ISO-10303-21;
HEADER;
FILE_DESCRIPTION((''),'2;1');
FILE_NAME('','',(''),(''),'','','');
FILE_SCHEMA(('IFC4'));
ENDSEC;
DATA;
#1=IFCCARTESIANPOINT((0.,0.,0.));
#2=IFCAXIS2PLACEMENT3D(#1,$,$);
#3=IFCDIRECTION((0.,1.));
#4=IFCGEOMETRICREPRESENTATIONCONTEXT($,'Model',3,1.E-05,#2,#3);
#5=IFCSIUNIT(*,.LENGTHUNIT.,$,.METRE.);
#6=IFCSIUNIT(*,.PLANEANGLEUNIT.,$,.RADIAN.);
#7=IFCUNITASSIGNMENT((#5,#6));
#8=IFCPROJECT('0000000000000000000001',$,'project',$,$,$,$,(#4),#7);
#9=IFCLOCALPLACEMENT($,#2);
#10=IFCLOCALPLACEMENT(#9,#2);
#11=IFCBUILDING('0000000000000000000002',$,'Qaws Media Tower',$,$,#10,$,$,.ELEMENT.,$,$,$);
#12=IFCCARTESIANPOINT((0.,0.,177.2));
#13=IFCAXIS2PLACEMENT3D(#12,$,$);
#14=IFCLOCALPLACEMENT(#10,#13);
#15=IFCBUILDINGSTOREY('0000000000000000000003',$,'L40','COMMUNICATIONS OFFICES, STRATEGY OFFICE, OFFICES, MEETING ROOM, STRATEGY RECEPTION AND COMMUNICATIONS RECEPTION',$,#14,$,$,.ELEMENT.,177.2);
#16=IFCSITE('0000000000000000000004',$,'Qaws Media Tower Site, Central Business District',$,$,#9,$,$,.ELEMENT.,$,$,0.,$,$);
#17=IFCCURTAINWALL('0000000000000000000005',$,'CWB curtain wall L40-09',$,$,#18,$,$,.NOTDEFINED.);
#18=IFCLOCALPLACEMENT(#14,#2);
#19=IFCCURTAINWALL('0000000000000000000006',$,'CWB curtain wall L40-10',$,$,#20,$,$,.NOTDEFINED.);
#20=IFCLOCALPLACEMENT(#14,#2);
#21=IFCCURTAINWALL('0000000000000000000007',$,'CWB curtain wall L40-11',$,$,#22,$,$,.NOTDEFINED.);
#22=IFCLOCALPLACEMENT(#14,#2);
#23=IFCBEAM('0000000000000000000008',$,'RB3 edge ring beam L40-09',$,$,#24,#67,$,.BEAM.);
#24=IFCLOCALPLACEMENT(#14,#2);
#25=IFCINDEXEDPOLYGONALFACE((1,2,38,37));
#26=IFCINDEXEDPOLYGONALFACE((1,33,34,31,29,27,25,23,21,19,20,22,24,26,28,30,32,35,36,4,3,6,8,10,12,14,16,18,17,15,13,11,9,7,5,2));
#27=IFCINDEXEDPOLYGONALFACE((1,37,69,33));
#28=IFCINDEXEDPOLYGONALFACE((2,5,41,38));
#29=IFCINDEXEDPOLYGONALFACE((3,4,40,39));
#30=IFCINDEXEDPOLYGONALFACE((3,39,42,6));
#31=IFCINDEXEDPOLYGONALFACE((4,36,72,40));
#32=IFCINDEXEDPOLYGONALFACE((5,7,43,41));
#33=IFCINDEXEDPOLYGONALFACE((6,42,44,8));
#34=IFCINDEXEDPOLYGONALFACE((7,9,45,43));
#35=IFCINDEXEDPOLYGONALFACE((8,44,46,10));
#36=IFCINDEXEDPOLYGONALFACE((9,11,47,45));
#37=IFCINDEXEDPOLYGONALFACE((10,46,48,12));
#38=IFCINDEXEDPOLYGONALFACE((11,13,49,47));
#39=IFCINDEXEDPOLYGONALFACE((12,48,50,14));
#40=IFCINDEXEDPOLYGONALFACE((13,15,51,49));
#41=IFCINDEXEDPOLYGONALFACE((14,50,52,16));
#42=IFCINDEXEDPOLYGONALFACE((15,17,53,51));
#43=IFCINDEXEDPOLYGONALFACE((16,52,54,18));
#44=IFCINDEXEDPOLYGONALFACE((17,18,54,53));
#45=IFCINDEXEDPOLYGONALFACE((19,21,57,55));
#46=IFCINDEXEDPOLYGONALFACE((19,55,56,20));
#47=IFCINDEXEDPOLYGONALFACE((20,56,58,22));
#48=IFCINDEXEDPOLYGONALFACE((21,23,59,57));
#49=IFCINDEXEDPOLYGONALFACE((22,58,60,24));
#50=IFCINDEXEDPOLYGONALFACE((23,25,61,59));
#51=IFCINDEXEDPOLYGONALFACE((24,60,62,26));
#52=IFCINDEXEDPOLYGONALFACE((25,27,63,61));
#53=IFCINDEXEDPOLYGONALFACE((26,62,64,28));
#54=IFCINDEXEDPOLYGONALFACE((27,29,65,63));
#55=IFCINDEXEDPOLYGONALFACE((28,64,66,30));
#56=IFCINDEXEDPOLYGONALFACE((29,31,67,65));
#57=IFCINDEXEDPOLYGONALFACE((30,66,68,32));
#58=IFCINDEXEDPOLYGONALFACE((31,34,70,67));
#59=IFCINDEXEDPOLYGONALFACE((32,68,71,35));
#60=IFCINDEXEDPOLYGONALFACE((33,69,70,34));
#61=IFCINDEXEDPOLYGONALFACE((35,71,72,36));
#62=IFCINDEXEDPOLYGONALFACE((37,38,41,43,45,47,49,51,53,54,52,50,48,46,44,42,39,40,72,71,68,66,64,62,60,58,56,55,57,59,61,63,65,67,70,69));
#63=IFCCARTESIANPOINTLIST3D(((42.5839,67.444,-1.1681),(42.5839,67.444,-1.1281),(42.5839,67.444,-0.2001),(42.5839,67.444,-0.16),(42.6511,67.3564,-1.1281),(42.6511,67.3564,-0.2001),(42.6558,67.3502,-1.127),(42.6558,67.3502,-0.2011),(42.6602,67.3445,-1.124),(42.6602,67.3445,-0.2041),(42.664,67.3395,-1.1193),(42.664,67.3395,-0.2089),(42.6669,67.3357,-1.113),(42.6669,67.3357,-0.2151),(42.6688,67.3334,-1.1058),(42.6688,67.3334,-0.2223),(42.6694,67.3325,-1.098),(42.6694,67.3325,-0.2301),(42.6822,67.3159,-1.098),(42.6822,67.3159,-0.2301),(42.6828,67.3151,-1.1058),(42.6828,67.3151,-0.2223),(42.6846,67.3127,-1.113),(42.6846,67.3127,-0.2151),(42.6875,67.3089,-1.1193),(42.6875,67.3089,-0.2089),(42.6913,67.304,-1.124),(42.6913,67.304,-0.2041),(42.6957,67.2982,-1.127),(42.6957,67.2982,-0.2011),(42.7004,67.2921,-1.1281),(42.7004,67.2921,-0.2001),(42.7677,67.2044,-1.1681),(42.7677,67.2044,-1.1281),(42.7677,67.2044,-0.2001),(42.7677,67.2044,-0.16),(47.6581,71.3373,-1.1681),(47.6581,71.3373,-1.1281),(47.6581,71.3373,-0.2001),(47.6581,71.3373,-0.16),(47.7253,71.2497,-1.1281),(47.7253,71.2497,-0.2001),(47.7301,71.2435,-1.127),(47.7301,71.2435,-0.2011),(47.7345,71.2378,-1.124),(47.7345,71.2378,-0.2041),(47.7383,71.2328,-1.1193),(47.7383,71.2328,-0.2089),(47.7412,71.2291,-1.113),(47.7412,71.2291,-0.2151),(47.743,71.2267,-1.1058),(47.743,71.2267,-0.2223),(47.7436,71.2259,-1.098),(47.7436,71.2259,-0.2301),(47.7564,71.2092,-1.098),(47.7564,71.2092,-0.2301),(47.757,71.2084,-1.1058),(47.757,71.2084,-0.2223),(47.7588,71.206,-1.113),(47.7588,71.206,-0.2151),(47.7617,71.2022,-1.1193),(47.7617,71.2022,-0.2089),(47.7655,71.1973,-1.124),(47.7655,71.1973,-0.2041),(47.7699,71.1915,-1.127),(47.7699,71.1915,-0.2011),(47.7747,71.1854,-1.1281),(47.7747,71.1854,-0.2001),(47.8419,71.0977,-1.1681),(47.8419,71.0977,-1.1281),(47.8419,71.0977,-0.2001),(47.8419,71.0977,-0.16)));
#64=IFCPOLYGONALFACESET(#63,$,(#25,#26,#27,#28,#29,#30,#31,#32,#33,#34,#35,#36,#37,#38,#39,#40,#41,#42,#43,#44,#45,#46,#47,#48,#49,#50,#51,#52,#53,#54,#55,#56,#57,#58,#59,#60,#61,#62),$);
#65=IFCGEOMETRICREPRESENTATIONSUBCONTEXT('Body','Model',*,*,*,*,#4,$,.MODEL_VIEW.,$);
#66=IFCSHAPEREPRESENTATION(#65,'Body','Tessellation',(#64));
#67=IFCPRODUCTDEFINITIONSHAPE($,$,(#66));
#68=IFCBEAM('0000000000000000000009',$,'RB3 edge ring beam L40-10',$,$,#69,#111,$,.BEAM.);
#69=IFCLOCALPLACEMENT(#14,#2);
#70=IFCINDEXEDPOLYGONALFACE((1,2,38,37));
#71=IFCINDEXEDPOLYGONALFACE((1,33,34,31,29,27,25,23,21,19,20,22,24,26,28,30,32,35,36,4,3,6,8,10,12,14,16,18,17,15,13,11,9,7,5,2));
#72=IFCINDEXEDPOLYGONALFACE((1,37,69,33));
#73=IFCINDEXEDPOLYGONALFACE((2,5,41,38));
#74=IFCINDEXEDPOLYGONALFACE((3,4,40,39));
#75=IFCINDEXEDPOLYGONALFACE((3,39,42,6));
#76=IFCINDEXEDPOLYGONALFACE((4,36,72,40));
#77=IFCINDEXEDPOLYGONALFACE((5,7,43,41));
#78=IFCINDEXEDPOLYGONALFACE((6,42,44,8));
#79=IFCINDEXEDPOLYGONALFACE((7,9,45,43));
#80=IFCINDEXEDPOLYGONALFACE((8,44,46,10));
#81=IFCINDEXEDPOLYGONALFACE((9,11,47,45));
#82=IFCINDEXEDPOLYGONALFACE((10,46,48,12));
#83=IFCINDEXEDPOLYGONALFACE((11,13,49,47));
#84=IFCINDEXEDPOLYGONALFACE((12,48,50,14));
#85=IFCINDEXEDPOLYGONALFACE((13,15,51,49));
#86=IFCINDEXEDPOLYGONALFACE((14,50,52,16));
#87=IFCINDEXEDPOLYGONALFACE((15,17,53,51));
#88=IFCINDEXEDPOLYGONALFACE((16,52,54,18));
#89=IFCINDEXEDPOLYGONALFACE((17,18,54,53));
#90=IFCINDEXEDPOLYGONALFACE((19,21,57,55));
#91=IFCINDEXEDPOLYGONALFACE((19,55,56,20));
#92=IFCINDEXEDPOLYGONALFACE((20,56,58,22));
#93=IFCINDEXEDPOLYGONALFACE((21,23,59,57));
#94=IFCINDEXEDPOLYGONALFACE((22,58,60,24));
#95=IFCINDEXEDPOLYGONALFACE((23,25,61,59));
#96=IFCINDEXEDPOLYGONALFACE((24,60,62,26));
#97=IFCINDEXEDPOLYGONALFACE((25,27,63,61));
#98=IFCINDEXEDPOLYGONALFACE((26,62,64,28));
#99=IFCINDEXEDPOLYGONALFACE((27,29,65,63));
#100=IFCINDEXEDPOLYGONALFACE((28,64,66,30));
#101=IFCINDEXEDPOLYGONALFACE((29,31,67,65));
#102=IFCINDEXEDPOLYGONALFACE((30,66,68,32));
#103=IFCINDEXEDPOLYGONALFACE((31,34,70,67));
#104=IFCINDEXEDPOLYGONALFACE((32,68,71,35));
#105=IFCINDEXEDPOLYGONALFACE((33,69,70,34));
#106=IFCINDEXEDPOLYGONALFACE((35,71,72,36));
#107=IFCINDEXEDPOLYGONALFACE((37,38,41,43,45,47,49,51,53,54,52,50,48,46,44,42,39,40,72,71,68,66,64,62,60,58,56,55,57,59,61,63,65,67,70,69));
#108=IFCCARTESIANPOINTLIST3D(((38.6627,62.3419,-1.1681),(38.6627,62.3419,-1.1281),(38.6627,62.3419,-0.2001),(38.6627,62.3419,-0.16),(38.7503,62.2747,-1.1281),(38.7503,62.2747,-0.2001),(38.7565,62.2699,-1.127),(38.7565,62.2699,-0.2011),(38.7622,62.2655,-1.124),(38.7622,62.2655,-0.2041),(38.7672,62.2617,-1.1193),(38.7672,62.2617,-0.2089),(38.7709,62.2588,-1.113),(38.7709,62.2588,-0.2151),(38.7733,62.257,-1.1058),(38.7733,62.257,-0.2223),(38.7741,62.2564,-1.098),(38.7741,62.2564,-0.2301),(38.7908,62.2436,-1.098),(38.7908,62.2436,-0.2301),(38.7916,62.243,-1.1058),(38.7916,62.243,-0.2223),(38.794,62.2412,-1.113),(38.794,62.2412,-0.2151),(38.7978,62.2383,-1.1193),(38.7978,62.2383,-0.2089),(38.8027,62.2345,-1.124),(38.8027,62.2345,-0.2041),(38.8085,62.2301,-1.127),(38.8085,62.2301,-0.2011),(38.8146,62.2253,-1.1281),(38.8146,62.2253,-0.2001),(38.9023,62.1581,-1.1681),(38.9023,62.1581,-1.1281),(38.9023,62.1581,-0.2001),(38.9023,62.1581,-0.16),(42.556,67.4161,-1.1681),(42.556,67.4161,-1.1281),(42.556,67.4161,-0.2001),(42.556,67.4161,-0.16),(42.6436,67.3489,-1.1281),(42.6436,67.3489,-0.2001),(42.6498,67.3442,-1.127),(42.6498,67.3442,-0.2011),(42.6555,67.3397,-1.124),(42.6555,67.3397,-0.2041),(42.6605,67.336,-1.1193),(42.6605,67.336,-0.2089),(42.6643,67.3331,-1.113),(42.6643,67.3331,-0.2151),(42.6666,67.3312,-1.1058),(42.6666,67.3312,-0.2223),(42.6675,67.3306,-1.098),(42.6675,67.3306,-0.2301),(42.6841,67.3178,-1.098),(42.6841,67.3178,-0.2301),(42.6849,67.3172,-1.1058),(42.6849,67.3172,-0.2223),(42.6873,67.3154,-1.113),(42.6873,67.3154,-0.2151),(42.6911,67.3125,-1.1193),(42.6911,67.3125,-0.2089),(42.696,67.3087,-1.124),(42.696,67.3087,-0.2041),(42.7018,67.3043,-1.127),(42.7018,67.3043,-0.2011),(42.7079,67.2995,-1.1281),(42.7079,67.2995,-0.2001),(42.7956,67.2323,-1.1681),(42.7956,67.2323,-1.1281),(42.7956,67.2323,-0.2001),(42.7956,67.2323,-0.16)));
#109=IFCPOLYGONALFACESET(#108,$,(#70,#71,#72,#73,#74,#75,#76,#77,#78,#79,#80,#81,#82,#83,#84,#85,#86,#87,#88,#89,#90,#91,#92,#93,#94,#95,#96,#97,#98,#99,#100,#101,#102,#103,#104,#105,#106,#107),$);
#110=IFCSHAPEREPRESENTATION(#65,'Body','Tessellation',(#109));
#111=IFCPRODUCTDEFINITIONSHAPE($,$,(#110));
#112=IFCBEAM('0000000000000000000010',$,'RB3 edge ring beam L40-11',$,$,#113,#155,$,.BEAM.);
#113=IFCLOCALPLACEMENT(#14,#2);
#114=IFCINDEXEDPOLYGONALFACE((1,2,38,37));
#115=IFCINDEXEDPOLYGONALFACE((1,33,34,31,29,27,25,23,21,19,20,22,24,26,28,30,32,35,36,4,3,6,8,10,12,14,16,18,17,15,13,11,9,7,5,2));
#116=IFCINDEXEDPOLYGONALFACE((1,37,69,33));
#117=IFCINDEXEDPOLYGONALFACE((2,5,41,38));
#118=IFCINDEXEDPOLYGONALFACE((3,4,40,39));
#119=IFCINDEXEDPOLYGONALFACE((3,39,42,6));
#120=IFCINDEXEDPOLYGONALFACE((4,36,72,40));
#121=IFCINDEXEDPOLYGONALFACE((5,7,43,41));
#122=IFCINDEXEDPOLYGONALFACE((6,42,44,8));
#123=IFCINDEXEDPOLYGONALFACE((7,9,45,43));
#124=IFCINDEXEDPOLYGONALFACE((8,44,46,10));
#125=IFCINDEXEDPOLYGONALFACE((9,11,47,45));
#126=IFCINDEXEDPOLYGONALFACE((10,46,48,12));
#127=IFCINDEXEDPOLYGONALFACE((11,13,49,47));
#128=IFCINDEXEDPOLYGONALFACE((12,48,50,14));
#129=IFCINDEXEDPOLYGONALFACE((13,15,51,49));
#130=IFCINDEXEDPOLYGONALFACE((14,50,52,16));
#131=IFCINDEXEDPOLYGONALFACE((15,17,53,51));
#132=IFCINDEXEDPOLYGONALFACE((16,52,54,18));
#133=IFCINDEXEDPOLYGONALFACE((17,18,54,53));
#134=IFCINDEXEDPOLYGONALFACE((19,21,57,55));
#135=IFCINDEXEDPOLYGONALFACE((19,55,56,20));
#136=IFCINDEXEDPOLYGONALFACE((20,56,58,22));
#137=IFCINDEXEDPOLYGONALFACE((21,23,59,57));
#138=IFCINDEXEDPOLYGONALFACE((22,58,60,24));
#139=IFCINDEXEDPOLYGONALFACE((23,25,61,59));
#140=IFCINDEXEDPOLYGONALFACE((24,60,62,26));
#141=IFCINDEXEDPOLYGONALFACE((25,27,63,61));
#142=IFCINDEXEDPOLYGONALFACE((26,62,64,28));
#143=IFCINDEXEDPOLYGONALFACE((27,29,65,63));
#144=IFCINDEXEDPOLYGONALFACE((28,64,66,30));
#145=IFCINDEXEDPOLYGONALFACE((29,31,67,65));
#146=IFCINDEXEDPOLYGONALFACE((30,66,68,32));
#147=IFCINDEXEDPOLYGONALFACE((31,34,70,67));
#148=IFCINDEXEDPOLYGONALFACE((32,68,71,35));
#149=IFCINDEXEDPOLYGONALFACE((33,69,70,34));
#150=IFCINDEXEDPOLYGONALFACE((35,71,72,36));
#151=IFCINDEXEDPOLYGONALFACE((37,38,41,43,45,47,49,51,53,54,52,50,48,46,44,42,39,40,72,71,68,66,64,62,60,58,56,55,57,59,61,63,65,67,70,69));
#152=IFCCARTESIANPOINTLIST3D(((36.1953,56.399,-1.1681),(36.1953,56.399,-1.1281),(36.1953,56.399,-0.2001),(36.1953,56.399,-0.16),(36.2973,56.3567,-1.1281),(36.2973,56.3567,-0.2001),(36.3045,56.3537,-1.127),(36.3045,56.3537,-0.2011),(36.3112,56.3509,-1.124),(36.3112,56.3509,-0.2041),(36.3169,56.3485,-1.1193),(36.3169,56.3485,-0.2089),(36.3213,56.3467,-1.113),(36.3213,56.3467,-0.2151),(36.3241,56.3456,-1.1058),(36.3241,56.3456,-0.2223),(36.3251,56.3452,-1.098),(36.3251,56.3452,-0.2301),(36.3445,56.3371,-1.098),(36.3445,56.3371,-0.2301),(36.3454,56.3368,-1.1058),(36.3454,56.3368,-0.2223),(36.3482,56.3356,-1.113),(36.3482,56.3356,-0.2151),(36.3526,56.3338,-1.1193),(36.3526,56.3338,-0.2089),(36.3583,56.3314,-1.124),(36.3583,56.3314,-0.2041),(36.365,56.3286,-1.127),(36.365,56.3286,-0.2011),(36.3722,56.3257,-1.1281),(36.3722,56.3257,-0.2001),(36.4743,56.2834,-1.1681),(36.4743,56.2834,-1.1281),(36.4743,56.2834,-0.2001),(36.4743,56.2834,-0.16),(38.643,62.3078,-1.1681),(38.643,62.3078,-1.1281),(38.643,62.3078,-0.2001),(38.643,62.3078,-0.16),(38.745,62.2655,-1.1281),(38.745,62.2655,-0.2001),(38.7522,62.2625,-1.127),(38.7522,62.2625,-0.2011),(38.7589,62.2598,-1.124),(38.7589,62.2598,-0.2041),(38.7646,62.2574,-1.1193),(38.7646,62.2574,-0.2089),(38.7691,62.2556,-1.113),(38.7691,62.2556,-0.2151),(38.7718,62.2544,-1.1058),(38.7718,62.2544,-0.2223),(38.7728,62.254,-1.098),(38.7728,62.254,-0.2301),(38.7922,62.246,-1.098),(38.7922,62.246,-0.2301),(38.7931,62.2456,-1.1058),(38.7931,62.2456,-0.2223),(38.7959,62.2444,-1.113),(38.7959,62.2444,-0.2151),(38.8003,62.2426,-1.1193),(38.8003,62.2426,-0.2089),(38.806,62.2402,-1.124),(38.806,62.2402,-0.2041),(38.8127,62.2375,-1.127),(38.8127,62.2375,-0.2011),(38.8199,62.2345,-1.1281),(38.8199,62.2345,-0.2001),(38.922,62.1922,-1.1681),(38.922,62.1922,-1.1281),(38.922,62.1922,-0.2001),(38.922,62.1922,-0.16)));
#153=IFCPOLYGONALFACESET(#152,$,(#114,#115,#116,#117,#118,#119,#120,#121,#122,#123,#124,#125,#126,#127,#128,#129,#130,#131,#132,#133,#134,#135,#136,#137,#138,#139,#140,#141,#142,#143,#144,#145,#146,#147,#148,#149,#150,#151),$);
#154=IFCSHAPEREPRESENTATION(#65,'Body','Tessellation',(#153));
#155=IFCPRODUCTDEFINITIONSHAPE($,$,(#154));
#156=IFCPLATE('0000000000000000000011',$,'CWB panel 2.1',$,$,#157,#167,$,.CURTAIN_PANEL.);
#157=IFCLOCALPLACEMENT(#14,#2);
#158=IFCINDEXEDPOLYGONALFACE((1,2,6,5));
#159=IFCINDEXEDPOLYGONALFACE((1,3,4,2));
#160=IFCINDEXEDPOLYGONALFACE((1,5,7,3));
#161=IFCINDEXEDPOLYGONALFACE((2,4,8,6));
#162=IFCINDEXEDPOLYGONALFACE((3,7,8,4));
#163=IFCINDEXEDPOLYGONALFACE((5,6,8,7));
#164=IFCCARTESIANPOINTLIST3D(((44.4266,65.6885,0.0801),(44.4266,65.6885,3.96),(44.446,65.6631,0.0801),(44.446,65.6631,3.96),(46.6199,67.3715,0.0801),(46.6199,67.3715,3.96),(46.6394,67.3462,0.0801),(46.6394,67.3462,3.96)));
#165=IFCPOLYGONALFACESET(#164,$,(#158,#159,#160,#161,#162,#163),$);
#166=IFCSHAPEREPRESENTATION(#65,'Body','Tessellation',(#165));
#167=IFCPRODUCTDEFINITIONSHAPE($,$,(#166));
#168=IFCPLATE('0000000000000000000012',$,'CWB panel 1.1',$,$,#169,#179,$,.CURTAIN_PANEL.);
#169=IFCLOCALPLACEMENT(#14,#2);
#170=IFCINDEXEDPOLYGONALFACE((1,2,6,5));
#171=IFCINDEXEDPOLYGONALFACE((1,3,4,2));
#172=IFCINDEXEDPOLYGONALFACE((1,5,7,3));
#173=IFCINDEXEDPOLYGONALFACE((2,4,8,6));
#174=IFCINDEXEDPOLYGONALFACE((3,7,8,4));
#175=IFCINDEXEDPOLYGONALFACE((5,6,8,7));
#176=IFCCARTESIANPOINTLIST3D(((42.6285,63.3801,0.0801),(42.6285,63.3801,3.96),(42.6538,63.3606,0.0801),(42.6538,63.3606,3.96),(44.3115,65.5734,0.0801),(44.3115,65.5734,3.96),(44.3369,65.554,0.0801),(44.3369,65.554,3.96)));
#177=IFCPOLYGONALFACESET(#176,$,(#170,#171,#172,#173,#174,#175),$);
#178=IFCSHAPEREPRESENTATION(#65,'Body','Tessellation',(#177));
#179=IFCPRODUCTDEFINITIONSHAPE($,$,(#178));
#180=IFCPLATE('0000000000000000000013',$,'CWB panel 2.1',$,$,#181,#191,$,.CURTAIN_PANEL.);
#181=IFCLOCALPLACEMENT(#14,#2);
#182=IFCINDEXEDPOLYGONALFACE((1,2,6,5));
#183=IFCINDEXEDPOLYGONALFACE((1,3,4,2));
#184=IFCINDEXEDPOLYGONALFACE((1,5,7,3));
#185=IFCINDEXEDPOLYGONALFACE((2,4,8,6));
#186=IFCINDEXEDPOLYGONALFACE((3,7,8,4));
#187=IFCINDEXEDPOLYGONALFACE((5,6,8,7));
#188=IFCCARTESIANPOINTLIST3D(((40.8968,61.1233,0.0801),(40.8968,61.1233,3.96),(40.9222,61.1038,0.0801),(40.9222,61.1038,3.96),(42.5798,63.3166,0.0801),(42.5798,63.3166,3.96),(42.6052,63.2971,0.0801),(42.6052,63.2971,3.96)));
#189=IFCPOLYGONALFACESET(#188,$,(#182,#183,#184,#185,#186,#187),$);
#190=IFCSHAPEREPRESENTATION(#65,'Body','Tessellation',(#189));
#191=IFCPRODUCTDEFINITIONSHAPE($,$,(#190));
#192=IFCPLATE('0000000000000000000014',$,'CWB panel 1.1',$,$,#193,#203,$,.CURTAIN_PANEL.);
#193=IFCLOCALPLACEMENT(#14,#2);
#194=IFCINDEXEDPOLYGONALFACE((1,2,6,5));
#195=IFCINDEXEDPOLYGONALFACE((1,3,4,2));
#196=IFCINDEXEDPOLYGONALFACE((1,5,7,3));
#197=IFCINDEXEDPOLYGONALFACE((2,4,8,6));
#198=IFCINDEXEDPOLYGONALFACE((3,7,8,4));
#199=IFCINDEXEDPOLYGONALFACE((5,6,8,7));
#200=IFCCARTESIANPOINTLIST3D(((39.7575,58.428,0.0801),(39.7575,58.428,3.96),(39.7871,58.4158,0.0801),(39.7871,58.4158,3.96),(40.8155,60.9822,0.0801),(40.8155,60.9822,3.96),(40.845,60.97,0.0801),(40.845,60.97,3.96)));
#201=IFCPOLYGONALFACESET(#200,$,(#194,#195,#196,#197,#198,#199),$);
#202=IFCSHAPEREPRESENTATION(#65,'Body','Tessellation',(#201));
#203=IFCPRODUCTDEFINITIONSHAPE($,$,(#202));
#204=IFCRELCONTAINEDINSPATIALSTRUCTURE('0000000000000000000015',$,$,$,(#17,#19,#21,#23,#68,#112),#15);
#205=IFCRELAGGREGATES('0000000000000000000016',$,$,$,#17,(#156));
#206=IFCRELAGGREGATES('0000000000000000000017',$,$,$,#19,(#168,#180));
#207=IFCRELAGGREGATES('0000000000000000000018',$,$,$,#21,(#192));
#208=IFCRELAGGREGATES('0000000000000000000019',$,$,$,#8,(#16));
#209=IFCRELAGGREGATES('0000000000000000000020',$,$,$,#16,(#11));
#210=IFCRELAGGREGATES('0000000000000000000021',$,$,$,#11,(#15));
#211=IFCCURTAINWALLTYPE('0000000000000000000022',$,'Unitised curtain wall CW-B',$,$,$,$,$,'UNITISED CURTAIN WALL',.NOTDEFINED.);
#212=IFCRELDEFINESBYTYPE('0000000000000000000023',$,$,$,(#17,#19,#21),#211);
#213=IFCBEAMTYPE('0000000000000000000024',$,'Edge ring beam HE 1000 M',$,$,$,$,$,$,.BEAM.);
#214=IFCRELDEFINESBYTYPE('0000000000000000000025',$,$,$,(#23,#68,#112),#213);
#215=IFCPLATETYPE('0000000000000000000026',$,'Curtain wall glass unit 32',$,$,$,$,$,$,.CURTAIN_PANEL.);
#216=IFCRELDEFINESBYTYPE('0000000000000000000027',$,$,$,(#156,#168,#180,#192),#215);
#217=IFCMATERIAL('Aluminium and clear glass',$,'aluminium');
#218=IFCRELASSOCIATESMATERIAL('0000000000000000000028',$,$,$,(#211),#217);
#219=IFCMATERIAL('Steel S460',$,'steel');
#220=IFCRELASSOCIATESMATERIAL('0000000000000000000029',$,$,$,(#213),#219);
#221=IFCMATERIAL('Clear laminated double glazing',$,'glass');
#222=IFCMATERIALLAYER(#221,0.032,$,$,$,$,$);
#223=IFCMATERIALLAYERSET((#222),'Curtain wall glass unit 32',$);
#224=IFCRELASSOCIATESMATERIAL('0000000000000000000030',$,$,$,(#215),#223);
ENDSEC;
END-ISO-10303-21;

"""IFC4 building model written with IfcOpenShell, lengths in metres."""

from ifc_helpers import new_model, si_unit, direction, frame, origin, origin_2d, place, context, subcontext, project, spatial, rectangle, i_section, extrude, material, layer, layer_set, material_profile, profile_set, type_object, element, aggregate, save


model = new_model("IFC4")

# Units and contexts
model_context = context("Model", 3, precision=1e-05, world=origin(), true_north=direction((0.0, 1.0)))
body_context = subcontext(model_context, "Body", "Model", "MODEL_VIEW")
ifc_project = project(units=[si_unit("LENGTHUNIT", "METRE"), si_unit("PLANEANGLEUNIT", "RADIAN")], contexts=[model_context])

# Site, building, storey
site_placement = place(None, origin())
site = spatial("IfcSite", under=ifc_project, at=site_placement, Name="Qaws Media Tower Site, Central Business District", CompositionType="ELEMENT", RefElevation=0.0)
building_placement = place(site_placement, origin())
building = spatial("IfcBuilding", under=site, at=building_placement, Name="Qaws Media Tower", CompositionType="ELEMENT")
storey_placement = place(building_placement, frame((0.0, 0.0, 177.2)))
storey = spatial("IfcBuildingStorey", under=building, at=storey_placement, Name="L40", Description="COMMUNICATIONS OFFICES, STRATEGY OFFICE, OFFICES, MEETING ROOM, STRATEGY RECEPTION AND COMMUNICATIONS RECEPTION", CompositionType="ELEMENT", Elevation=177.2)

# Curtain walls
ifc_material_1 = material(Name="Aluminium and clear glass", Category="aluminium")
curtain_wall_type = type_object("IfcCurtainWallType", Name="Unitised curtain wall CW-B", ElementType="UNITISED CURTAIN WALL", PredefinedType="NOTDEFINED", material=ifc_material_1)
curtain_wall_1_placement = place(storey_placement, origin())
curtain_wall_1 = element("IfcCurtainWall", 1, at=curtain_wall_1_placement, inside=storey, type_object=curtain_wall_type, Name="CWB curtain wall L40-09", PredefinedType="NOTDEFINED")
curtain_wall_2_placement = place(storey_placement, origin())
curtain_wall_2 = element("IfcCurtainWall", 2, at=curtain_wall_2_placement, inside=storey, type_object=curtain_wall_type, Name="CWB curtain wall L40-10", PredefinedType="NOTDEFINED")

# Curtain wall
curtain_wall_3_placement = place(storey_placement, origin())
curtain_wall_3 = element("IfcCurtainWall", 3, at=curtain_wall_3_placement, inside=storey, type_object=curtain_wall_type, Name="CWB curtain wall L40-11", PredefinedType="NOTDEFINED")

# Beams
ifc_material_2 = material(Name="Steel S460", Category="steel")
ifc_material_profile_1 = material_profile(ifc_material_2, i_section(OverallWidth=0.302, OverallDepth=1.0081, WebThickness=0.021, FlangeThickness=0.04, FilletRadius=0.03, at=origin_2d()), Name="HE 1000 M")
ifc_profile_set_1 = profile_set([ifc_material_profile_1], Name="Steel S460")
beam_type = type_object("IfcBeamType", Name="Edge ring beam HE 1000 M", PredefinedType="BEAM", material=ifc_profile_set_1)
for number, where, z_axis, x_axis, name in (
    (4, (47.75, 71.2175, -0.6641), (-0.793374, -0.608734, 0.0), (0.608734, -0.793374, 0.0), "RB3 edge ring beam L40-09"),
    (5, (42.6758, 67.3242, -0.6641), (-0.608734, -0.793374, 0.0), (0.793374, -0.608734, 0.0), "RB3 edge ring beam L40-10"),
    (6, (38.7825, 62.25, -0.6641), (-0.382709, -0.923869, 0.0), (0.923869, -0.382709, 0.0), "RB3 edge ring beam L40-11"),
):
    element("IfcBeam", number, at=place(storey_placement, frame(where, z_axis=z_axis, x_axis=x_axis)), inside=storey, type_object=beam_type, Name=name, PredefinedType="BEAM", context=body_context, shape_type="SweptSolid", body=[
        extrude(i_section(OverallWidth=0.302, OverallDepth=1.0081, WebThickness=0.021, FlangeThickness=0.04, FilletRadius=0.03, at=origin_2d()), origin(), (0.0, 0.0, 1.0), 6.3958),
    ])

# Plates
ifc_material_3 = material(Name="Clear laminated double glazing", Category="glass")
ifc_layer_1 = layer(ifc_material_3, 0.032)
ifc_layer_set_1 = layer_set([ifc_layer_1], Name="Curtain wall glass unit 32")
plate_type_1 = type_object("IfcPlateType", Name="Curtain wall glass unit 32", PredefinedType="CURTAIN_PANEL", material=ifc_layer_set_1)
plate_1_placement = place(storey_placement, frame((45.533, 66.5173, 0.0801), z_axis=(0.0, 0.0, 1.0), x_axis=(-0.793353, -0.608761, 0.0)))
plate_1 = element("IfcPlate", 7, at=plate_1_placement, type_object=plate_type_1, Name="CWB panel 2.1", PredefinedType="CURTAIN_PANEL", context=body_context, shape_type="SweptSolid", body=[
    extrude(rectangle(XDim=2.7646, YDim=0.032, at=origin_2d()), origin(), (0.0, 0.0, 1.0), 3.8799),
])
aggregate(curtain_wall_1, [plate_1])
plate_2_placement = place(storey_placement, frame((43.4827, 64.467, 0.0801), z_axis=(0.0, 0.0, 1.0), x_axis=(-0.608761, -0.793353, 0.0)))
plate_2 = element("IfcPlate", 8, at=plate_2_placement, type_object=plate_type_1, Name="CWB panel 1.1", PredefinedType="CURTAIN_PANEL", context=body_context, shape_type="SweptSolid", body=[
    extrude(rectangle(XDim=2.7646, YDim=0.032, at=origin_2d()), origin(), (0.0, 0.0, 1.0), 3.8799),
])
plate_3_placement = place(storey_placement, frame((41.751, 62.2102, 0.0801), z_axis=(0.0, 0.0, 1.0), x_axis=(-0.608761, -0.793353, 0.0)))
plate_3 = element("IfcPlate", 9, at=plate_3_placement, type_object=plate_type_1, Name="CWB panel 2.1", PredefinedType="CURTAIN_PANEL", context=body_context, shape_type="SweptSolid", body=[
    extrude(rectangle(XDim=2.7646, YDim=0.032, at=origin_2d()), origin(), (0.0, 0.0, 1.0), 3.8799),
])
aggregate(curtain_wall_2, [plate_2, plate_3])
plate_4_placement = place(storey_placement, frame((40.3013, 59.699, 0.0801), z_axis=(0.0, 0.0, 1.0), x_axis=(-0.382684, -0.923879, 0.0)))
plate_4 = element("IfcPlate", 10, at=plate_4_placement, type_object=plate_type_1, Name="CWB panel 1.1", PredefinedType="CURTAIN_PANEL", context=body_context, shape_type="SweptSolid", body=[
    extrude(rectangle(XDim=2.7646, YDim=0.032, at=origin_2d()), origin(), (0.0, 0.0, 1.0), 3.8799),
])
aggregate(curtain_wall_3, [plate_4])

save(model, "model.ifc")
